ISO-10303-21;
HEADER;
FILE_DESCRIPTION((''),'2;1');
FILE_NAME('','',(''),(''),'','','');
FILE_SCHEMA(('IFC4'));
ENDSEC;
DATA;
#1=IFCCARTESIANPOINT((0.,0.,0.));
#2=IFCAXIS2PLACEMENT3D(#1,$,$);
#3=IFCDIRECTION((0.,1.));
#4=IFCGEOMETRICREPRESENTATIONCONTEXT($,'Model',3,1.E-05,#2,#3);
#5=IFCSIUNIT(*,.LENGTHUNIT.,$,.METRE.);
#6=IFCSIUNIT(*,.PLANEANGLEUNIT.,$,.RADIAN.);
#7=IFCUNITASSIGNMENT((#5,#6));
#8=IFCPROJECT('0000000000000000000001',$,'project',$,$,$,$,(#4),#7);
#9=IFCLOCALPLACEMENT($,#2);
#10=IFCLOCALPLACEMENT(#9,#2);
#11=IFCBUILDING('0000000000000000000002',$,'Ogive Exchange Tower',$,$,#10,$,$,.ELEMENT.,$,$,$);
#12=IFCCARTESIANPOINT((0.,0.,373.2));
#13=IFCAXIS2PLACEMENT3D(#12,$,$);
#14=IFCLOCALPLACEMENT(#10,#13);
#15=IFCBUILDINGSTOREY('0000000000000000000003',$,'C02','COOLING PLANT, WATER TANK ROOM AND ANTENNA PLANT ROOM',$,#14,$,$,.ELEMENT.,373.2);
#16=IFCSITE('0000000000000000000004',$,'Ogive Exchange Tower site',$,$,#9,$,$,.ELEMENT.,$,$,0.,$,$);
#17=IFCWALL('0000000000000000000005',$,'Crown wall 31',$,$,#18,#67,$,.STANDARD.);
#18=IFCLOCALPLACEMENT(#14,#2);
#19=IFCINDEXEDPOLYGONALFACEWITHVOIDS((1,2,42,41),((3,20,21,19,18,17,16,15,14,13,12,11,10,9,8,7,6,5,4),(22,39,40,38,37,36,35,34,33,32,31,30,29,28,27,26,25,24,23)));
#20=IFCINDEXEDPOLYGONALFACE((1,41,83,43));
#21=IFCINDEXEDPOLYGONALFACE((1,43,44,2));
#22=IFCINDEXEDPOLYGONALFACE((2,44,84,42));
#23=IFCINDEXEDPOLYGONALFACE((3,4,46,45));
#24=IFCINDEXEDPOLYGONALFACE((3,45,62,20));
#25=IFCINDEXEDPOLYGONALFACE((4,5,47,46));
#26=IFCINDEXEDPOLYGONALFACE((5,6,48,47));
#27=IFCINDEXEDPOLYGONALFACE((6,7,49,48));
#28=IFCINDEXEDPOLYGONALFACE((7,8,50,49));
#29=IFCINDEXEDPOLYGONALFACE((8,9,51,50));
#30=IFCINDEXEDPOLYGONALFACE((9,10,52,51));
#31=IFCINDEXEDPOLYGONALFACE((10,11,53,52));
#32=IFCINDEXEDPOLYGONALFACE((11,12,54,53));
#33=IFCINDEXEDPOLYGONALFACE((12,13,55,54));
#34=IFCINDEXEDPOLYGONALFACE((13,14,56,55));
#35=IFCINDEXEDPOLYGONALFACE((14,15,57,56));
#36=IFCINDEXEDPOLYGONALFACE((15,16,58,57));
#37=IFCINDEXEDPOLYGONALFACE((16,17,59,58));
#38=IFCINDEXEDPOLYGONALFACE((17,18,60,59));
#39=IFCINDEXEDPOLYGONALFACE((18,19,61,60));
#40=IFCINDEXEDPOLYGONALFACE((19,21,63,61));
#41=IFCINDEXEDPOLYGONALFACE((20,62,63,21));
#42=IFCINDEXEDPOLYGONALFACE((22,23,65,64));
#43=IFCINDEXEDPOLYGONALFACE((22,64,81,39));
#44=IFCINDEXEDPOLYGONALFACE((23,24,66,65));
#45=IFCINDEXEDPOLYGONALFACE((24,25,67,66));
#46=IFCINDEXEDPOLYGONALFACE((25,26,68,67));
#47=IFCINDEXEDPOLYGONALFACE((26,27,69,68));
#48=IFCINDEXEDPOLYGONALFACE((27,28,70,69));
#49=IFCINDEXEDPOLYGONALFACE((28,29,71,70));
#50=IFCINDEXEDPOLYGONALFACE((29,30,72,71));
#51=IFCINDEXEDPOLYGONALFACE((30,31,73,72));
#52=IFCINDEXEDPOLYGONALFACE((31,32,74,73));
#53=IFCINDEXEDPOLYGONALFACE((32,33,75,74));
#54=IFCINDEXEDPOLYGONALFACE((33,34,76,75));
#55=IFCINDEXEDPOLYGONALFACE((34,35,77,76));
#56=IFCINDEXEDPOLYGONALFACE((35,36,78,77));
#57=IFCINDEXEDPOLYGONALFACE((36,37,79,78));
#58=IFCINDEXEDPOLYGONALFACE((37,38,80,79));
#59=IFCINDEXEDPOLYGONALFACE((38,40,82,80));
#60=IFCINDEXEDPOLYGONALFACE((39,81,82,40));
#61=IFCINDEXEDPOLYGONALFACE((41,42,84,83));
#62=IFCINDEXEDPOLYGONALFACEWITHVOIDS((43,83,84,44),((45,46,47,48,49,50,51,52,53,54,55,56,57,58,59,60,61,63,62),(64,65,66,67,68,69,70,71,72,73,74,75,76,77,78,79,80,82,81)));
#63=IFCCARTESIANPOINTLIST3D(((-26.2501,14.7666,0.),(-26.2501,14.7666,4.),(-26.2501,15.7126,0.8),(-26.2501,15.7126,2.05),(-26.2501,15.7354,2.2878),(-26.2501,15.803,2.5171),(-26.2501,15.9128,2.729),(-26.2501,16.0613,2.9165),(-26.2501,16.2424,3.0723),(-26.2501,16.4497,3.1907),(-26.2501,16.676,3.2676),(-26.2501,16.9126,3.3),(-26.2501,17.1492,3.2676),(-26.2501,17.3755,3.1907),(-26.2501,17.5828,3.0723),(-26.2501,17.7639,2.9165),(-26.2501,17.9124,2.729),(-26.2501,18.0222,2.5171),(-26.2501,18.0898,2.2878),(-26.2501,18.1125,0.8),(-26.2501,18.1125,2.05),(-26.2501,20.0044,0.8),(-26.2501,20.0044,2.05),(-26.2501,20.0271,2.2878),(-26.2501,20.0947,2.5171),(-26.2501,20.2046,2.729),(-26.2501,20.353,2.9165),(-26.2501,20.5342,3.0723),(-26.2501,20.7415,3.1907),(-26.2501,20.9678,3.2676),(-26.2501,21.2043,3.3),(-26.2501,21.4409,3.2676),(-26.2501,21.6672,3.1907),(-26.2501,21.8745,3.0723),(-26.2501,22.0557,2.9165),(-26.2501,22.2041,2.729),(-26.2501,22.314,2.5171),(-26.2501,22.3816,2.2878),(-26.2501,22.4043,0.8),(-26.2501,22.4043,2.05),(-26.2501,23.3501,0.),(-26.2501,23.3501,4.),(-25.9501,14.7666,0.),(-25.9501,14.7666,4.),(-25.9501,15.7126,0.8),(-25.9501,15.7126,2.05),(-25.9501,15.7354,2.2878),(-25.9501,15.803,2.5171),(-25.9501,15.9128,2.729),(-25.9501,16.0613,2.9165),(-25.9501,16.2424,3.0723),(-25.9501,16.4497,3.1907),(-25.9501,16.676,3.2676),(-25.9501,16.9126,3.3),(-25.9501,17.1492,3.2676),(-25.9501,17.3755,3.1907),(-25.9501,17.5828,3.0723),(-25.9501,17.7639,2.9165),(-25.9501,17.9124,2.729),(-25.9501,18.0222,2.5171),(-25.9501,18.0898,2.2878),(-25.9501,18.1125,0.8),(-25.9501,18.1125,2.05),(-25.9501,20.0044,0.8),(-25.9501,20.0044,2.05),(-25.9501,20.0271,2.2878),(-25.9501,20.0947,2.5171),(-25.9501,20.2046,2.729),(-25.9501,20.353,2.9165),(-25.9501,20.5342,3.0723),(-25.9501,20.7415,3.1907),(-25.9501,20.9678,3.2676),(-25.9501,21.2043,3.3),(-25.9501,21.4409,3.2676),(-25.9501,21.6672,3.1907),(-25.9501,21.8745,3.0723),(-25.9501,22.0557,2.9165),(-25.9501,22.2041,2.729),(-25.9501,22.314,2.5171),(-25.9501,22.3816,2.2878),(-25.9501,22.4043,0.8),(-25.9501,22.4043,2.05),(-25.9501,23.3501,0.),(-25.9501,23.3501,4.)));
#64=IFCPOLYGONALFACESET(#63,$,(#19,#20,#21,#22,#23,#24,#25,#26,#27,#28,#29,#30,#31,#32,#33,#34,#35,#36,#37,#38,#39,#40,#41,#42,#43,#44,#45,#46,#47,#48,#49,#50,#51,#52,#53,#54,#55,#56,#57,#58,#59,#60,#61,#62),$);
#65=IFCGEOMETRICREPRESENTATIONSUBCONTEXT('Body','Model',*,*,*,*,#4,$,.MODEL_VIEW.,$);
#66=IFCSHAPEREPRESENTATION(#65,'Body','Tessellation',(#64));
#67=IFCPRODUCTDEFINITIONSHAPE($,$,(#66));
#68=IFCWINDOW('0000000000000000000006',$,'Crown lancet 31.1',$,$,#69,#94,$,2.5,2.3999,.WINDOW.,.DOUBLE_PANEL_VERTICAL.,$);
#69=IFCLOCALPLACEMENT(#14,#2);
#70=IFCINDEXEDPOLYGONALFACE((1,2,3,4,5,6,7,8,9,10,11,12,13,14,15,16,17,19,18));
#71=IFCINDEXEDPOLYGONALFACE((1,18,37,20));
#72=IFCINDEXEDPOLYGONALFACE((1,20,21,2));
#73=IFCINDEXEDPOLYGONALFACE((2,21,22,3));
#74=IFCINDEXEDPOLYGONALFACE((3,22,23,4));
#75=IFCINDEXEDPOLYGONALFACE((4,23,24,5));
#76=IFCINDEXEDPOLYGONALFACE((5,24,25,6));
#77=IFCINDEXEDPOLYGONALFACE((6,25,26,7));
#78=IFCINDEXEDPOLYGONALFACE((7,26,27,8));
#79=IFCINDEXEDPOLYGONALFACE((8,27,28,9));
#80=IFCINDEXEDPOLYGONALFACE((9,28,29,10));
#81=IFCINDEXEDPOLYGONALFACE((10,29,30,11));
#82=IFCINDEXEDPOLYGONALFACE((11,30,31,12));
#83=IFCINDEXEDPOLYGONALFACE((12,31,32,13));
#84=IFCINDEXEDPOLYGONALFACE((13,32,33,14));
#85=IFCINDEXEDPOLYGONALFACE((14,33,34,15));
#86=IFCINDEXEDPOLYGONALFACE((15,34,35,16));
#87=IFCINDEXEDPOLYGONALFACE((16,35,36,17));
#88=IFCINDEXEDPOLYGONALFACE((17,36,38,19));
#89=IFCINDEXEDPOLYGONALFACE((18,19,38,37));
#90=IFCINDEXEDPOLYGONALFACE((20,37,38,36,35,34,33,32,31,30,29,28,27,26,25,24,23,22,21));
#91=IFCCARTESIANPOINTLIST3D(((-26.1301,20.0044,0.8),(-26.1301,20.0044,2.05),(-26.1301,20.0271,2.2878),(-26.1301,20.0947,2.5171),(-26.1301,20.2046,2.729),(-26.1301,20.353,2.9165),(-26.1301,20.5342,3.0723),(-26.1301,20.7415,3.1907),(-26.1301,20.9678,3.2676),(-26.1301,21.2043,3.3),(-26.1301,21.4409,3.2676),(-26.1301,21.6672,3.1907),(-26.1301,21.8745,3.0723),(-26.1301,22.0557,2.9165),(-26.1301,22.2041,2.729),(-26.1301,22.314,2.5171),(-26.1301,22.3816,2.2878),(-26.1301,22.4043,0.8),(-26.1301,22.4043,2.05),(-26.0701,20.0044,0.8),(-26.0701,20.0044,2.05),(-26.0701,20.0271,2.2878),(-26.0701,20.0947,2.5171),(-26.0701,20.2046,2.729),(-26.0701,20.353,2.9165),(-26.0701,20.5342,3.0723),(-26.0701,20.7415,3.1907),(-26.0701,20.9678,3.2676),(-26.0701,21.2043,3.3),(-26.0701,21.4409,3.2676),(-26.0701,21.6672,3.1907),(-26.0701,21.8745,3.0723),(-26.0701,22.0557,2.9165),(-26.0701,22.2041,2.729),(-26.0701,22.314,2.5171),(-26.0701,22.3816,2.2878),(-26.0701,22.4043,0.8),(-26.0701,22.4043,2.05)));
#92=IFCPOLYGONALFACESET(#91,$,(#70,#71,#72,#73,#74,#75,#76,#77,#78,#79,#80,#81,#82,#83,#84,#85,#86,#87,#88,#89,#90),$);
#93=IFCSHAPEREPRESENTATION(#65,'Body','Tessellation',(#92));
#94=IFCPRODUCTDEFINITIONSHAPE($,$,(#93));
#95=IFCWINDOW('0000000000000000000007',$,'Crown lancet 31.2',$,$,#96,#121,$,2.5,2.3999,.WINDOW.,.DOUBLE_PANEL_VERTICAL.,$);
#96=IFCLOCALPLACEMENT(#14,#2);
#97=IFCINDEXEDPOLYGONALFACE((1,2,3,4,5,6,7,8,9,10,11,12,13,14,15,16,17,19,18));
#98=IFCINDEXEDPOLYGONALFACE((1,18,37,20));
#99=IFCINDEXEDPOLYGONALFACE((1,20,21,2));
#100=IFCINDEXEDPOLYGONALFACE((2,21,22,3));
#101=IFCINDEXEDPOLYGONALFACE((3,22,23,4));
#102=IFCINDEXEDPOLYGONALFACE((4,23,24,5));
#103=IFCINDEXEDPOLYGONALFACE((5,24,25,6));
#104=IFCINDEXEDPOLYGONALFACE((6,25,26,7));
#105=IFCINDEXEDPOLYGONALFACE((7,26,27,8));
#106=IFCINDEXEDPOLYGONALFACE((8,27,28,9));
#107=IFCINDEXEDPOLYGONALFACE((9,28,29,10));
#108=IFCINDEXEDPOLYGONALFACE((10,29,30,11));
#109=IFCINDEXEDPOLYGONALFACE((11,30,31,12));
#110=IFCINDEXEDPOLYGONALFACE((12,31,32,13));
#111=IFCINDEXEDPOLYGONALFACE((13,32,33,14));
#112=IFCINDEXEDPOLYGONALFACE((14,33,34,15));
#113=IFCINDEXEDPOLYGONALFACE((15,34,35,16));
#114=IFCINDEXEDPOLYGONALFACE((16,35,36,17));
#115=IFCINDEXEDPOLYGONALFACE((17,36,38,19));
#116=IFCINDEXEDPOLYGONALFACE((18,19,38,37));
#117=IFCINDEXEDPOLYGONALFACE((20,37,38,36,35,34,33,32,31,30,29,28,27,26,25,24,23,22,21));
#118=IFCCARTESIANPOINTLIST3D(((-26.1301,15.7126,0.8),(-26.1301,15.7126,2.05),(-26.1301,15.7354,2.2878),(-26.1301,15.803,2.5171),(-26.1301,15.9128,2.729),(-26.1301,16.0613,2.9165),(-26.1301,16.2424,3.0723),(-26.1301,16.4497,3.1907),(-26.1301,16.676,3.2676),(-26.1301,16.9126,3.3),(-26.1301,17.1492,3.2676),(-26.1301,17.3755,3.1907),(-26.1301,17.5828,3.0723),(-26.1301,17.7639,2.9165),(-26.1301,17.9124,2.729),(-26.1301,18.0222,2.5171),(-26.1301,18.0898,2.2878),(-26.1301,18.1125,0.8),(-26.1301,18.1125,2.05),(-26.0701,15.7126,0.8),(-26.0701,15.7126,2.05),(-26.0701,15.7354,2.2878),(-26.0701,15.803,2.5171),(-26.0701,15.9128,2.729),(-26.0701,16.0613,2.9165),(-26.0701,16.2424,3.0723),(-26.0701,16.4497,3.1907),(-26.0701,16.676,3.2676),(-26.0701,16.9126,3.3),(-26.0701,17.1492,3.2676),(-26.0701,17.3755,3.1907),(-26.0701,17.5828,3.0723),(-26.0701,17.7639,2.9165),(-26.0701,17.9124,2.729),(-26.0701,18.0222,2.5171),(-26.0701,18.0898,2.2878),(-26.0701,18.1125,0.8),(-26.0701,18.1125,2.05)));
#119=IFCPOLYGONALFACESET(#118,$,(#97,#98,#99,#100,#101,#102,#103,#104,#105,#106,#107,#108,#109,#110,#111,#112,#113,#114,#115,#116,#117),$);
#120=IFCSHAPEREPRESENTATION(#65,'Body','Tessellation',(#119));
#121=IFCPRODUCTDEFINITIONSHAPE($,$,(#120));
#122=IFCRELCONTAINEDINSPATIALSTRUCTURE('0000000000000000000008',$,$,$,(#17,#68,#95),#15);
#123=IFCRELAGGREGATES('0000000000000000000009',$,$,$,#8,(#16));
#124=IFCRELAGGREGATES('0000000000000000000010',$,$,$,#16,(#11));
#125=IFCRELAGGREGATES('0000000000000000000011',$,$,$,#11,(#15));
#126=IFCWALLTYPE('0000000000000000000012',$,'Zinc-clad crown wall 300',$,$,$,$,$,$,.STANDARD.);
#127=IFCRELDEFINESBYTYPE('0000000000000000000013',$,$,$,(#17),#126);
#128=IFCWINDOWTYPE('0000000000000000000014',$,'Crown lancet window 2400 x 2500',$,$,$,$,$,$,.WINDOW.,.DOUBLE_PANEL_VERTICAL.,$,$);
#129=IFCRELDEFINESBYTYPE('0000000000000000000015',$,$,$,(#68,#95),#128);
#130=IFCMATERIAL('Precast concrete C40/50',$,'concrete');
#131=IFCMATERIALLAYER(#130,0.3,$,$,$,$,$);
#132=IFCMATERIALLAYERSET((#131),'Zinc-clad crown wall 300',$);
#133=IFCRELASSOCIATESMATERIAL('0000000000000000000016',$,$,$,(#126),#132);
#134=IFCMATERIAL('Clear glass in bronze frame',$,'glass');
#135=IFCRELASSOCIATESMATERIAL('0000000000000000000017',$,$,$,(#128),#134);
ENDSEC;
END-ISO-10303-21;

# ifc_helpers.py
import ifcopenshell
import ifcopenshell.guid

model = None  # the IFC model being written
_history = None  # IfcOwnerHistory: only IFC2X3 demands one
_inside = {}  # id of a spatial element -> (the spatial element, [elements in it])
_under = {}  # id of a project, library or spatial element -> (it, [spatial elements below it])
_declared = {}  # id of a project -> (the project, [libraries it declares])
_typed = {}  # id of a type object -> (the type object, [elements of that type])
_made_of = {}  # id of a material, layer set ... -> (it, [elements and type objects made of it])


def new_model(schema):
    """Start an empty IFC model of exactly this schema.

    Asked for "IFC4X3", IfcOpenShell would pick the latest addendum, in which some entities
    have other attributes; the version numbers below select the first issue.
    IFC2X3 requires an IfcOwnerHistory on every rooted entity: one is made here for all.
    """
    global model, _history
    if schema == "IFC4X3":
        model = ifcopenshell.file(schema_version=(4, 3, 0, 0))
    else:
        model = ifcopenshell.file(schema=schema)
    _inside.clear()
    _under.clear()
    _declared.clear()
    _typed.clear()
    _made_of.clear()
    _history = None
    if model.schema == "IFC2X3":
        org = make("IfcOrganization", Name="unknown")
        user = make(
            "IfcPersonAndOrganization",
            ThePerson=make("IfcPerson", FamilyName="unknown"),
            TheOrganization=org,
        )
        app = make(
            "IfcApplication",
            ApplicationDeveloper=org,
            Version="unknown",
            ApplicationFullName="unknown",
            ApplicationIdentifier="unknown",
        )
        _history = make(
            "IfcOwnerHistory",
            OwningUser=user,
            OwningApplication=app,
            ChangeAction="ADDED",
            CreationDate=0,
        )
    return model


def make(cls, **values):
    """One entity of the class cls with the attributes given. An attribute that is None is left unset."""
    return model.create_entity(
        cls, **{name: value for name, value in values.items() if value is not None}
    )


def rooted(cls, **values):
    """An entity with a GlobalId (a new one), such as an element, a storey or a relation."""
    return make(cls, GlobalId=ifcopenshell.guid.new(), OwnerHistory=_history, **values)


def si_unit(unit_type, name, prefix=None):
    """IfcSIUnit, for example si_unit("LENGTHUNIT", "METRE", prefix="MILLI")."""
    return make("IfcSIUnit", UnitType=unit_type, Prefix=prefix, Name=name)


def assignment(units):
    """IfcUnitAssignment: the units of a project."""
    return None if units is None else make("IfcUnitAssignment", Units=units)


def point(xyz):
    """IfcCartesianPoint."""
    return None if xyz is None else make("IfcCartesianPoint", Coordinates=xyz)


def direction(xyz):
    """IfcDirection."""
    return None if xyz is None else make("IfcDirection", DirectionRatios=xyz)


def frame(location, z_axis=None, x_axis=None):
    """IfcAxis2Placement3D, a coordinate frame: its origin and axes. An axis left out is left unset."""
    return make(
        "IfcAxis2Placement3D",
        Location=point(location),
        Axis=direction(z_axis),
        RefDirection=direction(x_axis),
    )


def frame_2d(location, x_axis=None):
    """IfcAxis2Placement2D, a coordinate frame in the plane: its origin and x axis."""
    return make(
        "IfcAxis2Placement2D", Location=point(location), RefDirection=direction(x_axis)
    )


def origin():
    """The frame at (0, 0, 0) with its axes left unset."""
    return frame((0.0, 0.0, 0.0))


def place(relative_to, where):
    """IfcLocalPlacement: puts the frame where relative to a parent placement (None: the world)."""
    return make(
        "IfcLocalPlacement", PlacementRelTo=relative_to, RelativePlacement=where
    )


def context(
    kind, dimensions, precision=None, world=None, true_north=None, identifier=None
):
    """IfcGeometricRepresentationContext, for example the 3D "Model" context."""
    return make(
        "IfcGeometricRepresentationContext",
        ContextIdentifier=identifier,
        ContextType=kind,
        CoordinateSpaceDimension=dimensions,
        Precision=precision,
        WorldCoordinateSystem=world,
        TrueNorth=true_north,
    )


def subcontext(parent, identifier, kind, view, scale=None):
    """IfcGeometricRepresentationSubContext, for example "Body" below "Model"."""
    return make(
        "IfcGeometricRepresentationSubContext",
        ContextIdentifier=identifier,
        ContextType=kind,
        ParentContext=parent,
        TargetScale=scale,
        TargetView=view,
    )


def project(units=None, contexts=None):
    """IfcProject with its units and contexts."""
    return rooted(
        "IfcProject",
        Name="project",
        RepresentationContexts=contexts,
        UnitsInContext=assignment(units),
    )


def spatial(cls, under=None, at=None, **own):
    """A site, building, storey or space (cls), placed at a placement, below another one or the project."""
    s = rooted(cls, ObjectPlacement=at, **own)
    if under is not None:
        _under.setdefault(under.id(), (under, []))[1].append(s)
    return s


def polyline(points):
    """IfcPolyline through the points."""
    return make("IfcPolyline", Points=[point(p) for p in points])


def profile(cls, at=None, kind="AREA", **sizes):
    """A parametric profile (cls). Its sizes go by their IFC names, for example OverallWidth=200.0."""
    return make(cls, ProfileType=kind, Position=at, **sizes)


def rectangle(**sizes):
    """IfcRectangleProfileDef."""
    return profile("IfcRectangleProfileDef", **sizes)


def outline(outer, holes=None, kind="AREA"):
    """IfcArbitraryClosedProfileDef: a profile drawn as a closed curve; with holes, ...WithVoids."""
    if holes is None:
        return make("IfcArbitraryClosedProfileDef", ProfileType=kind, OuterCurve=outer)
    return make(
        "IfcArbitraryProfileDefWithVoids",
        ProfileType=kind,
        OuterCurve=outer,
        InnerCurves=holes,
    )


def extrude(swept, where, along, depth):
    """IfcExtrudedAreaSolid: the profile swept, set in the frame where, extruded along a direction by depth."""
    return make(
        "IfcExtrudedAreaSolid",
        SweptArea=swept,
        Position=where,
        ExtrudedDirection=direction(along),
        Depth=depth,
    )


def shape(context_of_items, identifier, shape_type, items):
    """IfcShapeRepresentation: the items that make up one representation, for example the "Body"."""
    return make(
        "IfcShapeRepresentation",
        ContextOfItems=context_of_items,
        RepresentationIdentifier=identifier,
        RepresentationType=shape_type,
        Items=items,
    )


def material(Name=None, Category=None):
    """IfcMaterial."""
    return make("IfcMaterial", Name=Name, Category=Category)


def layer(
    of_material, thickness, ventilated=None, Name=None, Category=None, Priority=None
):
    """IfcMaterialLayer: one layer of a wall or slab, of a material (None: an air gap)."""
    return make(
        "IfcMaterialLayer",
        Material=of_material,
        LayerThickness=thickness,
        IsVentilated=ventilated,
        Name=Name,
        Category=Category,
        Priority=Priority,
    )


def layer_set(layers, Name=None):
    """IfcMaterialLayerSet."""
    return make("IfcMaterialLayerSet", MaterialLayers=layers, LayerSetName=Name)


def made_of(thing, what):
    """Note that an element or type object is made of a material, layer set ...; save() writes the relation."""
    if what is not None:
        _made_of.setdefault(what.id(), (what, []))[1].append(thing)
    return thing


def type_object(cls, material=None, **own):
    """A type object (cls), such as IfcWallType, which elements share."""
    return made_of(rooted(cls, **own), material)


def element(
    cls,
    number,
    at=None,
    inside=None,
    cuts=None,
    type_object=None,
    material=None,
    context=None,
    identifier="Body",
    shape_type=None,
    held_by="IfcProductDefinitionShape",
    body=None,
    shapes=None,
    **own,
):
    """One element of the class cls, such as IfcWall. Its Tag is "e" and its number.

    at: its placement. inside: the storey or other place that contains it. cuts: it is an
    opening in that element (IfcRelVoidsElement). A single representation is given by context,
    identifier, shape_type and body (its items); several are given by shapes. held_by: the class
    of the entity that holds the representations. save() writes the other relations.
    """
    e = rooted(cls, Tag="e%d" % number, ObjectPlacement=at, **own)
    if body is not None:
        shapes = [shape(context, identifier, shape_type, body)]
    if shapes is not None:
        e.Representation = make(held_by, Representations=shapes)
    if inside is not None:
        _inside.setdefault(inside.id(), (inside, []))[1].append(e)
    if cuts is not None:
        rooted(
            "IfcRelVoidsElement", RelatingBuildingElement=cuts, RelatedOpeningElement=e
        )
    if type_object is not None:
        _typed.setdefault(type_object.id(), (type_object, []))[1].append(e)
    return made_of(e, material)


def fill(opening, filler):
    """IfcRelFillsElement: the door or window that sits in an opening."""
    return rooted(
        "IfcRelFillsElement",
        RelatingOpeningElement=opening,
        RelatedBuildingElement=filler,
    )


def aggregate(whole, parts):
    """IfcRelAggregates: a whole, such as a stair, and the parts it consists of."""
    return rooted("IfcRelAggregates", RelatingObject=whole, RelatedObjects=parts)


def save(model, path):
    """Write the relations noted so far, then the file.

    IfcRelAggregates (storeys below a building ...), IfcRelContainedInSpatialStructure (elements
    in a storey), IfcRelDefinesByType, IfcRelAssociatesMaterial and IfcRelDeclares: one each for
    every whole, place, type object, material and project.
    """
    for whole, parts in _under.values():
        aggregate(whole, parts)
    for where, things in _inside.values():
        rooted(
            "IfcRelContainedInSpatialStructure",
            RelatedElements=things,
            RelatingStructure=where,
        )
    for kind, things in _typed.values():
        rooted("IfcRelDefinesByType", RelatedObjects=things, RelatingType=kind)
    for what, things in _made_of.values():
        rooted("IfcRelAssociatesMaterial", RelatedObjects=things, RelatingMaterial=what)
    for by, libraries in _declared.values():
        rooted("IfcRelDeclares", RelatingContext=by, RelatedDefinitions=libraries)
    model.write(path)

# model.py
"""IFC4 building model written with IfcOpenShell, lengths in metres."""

from ifc_helpers import new_model, si_unit, direction, frame, frame_2d, origin, place, context, subcontext, project, spatial, polyline, rectangle, outline, extrude, material, layer, layer_set, type_object, element, fill, save


model = new_model("IFC4")

# Units and contexts
model_context = context("Model", 3, precision=1e-05, world=origin(), true_north=direction((0.0, 1.0)))
body_context = subcontext(model_context, "Body", "Model", "MODEL_VIEW")
ifc_project = project(units=[si_unit("LENGTHUNIT", "METRE"), si_unit("PLANEANGLEUNIT", "RADIAN")], contexts=[model_context])

# Site, building, storey
site_placement = place(None, origin())
site = spatial("IfcSite", under=ifc_project, at=site_placement, Name="Ogive Exchange Tower site", CompositionType="ELEMENT", RefElevation=0.0)
building_placement = place(site_placement, origin())
building = spatial("IfcBuilding", under=site, at=building_placement, Name="Ogive Exchange Tower", CompositionType="ELEMENT")
storey_placement = place(building_placement, frame((0.0, 0.0, 373.2)))
storey = spatial("IfcBuildingStorey", under=building, at=storey_placement, Name="C02", Description="COOLING PLANT, WATER TANK ROOM AND ANTENNA PLANT ROOM", CompositionType="ELEMENT", Elevation=373.2)

# Shared definitions
ifc_material_1 = material(Name="Precast concrete C40/50", Category="concrete")

# Wall, openings, windows
ifc_layer_1 = layer(ifc_material_1, 0.3)
ifc_layer_set_1 = layer_set([ifc_layer_1], Name="Zinc-clad crown wall 300")
wall_type_1 = type_object("IfcWallType", Name="Zinc-clad crown wall 300", PredefinedType="STANDARD", material=ifc_layer_set_1)
ifc_material_2 = material(Name="Clear glass in bronze frame", Category="glass")
window_type = type_object("IfcWindowType", Name="Crown lancet window 2400 x 2500", PartitioningType="DOUBLE_PANEL_VERTICAL", PredefinedType="WINDOW", material=ifc_material_2)
wall_1_placement = place(storey_placement, frame((-26.1001, 23.3501, 0.0), z_axis=(0.0, 0.0, 1.0), x_axis=(0.0, -1.0, 0.0)))
wall_1 = element("IfcWall", 1, at=wall_1_placement, inside=storey, type_object=wall_type_1, Name="Crown wall 31", PredefinedType="STANDARD", context=body_context, shape_type="SweptSolid", body=[
    extrude(rectangle(XDim=8.5835, YDim=0.3, at=frame_2d((4.2917, 0.0))), origin(), (0.0, 0.0, 1.0), 4.0),
])
opening_1_placement = place(wall_1_placement, frame((0.9458, 0.0, 0.8)))
opening_1 = element("IfcOpeningElement", 2, at=opening_1_placement, cuts=wall_1, PredefinedType="OPENING", context=body_context, shape_type="SweptSolid", body=[
    extrude(outline(polyline([(0.0, 0.0), (2.3999, 0.0), (2.3999, 1.25), (2.3772, 1.4878), (2.3096, 1.717), (2.1997, 1.929), (2.0513, 2.1165), (1.8701, 2.2722), (1.6628, 2.3906), (1.4365, 2.4675), (1.2, 2.5), (0.9634, 2.4675), (0.7371, 2.3906), (0.5298, 2.2722), (0.3486, 2.1165), (0.2002, 1.929), (0.0903, 1.717), (0.0227, 1.4878), (0.0, 1.25), (0.0, 0.0)])), frame((0.0, 0.1599, 0.0), z_axis=(0.0, -1.0, 0.0), x_axis=(1.0, 0.0, 0.0)), (0.0, 0.0, 1.0), 0.3201),
])
opening_2_placement = place(wall_1_placement, frame((5.2375, 0.0, 0.8)))
opening_2 = element("IfcOpeningElement", 3, at=opening_2_placement, cuts=wall_1, PredefinedType="OPENING", context=body_context, shape_type="SweptSolid", body=[
    extrude(outline(polyline([(0.0, 0.0), (2.3999, 0.0), (2.3999, 1.25), (2.3772, 1.4878), (2.3096, 1.717), (2.1997, 1.929), (2.0513, 2.1165), (1.8701, 2.2722), (1.6628, 2.3906), (1.4365, 2.4675), (1.2, 2.5), (0.9634, 2.4675), (0.7371, 2.3906), (0.5298, 2.2722), (0.3486, 2.1165), (0.2002, 1.929), (0.0903, 1.717), (0.0227, 1.4878), (0.0, 1.25), (0.0, 0.0)])), frame((0.0, 0.1599, 0.0), z_axis=(0.0, -1.0, 0.0), x_axis=(1.0, 0.0, 0.0)), (0.0, 0.0, 1.0), 0.3201),
])
window_1_placement = place(opening_1_placement, origin())
window_1 = element("IfcWindow", 4, at=window_1_placement, inside=storey, type_object=window_type, Name="Crown lancet 31.1", OverallHeight=2.5, OverallWidth=2.3999, PartitioningType="DOUBLE_PANEL_VERTICAL", PredefinedType="WINDOW", context=body_context, shape_type="SweptSolid", body=[
    extrude(outline(polyline([(0.0, 0.0), (2.3999, 0.0), (2.3999, 1.25), (2.3772, 1.4878), (2.3096, 1.717), (2.1997, 1.929), (2.0513, 2.1165), (1.8701, 2.2722), (1.6628, 2.3906), (1.4365, 2.4675), (1.2, 2.5), (0.9634, 2.4675), (0.7371, 2.3906), (0.5298, 2.2722), (0.3486, 2.1165), (0.2002, 1.929), (0.0903, 1.717), (0.0227, 1.4878), (0.0, 1.25), (0.0, 0.0)])), frame((0.0, 0.03, 0.0), z_axis=(0.0, -1.0, 0.0), x_axis=(1.0, 0.0, 0.0)), (0.0, 0.0, 1.0), 0.0601),
])
fill(opening_1, window_1)
window_2_placement = place(opening_2_placement, origin())
window_2 = element("IfcWindow", 5, at=window_2_placement, inside=storey, type_object=window_type, Name="Crown lancet 31.2", OverallHeight=2.5, OverallWidth=2.3999, PartitioningType="DOUBLE_PANEL_VERTICAL", PredefinedType="WINDOW", context=body_context, shape_type="SweptSolid", body=[
    extrude(outline(polyline([(0.0, 0.0), (2.3999, 0.0), (2.3999, 1.25), (2.3772, 1.4878), (2.3096, 1.717), (2.1997, 1.929), (2.0513, 2.1165), (1.8701, 2.2722), (1.6628, 2.3906), (1.4365, 2.4675), (1.2, 2.5), (0.9634, 2.4675), (0.7371, 2.3906), (0.5298, 2.2722), (0.3486, 2.1165), (0.2002, 1.929), (0.0903, 1.717), (0.0227, 1.4878), (0.0, 1.25), (0.0, 0.0)])), frame((0.0, 0.03, 0.0), z_axis=(0.0, -1.0, 0.0), x_axis=(1.0, 0.0, 0.0)), (0.0, 0.0, 1.0), 0.0601),
])
fill(opening_2, window_2)

save(model, "model.ifc")
